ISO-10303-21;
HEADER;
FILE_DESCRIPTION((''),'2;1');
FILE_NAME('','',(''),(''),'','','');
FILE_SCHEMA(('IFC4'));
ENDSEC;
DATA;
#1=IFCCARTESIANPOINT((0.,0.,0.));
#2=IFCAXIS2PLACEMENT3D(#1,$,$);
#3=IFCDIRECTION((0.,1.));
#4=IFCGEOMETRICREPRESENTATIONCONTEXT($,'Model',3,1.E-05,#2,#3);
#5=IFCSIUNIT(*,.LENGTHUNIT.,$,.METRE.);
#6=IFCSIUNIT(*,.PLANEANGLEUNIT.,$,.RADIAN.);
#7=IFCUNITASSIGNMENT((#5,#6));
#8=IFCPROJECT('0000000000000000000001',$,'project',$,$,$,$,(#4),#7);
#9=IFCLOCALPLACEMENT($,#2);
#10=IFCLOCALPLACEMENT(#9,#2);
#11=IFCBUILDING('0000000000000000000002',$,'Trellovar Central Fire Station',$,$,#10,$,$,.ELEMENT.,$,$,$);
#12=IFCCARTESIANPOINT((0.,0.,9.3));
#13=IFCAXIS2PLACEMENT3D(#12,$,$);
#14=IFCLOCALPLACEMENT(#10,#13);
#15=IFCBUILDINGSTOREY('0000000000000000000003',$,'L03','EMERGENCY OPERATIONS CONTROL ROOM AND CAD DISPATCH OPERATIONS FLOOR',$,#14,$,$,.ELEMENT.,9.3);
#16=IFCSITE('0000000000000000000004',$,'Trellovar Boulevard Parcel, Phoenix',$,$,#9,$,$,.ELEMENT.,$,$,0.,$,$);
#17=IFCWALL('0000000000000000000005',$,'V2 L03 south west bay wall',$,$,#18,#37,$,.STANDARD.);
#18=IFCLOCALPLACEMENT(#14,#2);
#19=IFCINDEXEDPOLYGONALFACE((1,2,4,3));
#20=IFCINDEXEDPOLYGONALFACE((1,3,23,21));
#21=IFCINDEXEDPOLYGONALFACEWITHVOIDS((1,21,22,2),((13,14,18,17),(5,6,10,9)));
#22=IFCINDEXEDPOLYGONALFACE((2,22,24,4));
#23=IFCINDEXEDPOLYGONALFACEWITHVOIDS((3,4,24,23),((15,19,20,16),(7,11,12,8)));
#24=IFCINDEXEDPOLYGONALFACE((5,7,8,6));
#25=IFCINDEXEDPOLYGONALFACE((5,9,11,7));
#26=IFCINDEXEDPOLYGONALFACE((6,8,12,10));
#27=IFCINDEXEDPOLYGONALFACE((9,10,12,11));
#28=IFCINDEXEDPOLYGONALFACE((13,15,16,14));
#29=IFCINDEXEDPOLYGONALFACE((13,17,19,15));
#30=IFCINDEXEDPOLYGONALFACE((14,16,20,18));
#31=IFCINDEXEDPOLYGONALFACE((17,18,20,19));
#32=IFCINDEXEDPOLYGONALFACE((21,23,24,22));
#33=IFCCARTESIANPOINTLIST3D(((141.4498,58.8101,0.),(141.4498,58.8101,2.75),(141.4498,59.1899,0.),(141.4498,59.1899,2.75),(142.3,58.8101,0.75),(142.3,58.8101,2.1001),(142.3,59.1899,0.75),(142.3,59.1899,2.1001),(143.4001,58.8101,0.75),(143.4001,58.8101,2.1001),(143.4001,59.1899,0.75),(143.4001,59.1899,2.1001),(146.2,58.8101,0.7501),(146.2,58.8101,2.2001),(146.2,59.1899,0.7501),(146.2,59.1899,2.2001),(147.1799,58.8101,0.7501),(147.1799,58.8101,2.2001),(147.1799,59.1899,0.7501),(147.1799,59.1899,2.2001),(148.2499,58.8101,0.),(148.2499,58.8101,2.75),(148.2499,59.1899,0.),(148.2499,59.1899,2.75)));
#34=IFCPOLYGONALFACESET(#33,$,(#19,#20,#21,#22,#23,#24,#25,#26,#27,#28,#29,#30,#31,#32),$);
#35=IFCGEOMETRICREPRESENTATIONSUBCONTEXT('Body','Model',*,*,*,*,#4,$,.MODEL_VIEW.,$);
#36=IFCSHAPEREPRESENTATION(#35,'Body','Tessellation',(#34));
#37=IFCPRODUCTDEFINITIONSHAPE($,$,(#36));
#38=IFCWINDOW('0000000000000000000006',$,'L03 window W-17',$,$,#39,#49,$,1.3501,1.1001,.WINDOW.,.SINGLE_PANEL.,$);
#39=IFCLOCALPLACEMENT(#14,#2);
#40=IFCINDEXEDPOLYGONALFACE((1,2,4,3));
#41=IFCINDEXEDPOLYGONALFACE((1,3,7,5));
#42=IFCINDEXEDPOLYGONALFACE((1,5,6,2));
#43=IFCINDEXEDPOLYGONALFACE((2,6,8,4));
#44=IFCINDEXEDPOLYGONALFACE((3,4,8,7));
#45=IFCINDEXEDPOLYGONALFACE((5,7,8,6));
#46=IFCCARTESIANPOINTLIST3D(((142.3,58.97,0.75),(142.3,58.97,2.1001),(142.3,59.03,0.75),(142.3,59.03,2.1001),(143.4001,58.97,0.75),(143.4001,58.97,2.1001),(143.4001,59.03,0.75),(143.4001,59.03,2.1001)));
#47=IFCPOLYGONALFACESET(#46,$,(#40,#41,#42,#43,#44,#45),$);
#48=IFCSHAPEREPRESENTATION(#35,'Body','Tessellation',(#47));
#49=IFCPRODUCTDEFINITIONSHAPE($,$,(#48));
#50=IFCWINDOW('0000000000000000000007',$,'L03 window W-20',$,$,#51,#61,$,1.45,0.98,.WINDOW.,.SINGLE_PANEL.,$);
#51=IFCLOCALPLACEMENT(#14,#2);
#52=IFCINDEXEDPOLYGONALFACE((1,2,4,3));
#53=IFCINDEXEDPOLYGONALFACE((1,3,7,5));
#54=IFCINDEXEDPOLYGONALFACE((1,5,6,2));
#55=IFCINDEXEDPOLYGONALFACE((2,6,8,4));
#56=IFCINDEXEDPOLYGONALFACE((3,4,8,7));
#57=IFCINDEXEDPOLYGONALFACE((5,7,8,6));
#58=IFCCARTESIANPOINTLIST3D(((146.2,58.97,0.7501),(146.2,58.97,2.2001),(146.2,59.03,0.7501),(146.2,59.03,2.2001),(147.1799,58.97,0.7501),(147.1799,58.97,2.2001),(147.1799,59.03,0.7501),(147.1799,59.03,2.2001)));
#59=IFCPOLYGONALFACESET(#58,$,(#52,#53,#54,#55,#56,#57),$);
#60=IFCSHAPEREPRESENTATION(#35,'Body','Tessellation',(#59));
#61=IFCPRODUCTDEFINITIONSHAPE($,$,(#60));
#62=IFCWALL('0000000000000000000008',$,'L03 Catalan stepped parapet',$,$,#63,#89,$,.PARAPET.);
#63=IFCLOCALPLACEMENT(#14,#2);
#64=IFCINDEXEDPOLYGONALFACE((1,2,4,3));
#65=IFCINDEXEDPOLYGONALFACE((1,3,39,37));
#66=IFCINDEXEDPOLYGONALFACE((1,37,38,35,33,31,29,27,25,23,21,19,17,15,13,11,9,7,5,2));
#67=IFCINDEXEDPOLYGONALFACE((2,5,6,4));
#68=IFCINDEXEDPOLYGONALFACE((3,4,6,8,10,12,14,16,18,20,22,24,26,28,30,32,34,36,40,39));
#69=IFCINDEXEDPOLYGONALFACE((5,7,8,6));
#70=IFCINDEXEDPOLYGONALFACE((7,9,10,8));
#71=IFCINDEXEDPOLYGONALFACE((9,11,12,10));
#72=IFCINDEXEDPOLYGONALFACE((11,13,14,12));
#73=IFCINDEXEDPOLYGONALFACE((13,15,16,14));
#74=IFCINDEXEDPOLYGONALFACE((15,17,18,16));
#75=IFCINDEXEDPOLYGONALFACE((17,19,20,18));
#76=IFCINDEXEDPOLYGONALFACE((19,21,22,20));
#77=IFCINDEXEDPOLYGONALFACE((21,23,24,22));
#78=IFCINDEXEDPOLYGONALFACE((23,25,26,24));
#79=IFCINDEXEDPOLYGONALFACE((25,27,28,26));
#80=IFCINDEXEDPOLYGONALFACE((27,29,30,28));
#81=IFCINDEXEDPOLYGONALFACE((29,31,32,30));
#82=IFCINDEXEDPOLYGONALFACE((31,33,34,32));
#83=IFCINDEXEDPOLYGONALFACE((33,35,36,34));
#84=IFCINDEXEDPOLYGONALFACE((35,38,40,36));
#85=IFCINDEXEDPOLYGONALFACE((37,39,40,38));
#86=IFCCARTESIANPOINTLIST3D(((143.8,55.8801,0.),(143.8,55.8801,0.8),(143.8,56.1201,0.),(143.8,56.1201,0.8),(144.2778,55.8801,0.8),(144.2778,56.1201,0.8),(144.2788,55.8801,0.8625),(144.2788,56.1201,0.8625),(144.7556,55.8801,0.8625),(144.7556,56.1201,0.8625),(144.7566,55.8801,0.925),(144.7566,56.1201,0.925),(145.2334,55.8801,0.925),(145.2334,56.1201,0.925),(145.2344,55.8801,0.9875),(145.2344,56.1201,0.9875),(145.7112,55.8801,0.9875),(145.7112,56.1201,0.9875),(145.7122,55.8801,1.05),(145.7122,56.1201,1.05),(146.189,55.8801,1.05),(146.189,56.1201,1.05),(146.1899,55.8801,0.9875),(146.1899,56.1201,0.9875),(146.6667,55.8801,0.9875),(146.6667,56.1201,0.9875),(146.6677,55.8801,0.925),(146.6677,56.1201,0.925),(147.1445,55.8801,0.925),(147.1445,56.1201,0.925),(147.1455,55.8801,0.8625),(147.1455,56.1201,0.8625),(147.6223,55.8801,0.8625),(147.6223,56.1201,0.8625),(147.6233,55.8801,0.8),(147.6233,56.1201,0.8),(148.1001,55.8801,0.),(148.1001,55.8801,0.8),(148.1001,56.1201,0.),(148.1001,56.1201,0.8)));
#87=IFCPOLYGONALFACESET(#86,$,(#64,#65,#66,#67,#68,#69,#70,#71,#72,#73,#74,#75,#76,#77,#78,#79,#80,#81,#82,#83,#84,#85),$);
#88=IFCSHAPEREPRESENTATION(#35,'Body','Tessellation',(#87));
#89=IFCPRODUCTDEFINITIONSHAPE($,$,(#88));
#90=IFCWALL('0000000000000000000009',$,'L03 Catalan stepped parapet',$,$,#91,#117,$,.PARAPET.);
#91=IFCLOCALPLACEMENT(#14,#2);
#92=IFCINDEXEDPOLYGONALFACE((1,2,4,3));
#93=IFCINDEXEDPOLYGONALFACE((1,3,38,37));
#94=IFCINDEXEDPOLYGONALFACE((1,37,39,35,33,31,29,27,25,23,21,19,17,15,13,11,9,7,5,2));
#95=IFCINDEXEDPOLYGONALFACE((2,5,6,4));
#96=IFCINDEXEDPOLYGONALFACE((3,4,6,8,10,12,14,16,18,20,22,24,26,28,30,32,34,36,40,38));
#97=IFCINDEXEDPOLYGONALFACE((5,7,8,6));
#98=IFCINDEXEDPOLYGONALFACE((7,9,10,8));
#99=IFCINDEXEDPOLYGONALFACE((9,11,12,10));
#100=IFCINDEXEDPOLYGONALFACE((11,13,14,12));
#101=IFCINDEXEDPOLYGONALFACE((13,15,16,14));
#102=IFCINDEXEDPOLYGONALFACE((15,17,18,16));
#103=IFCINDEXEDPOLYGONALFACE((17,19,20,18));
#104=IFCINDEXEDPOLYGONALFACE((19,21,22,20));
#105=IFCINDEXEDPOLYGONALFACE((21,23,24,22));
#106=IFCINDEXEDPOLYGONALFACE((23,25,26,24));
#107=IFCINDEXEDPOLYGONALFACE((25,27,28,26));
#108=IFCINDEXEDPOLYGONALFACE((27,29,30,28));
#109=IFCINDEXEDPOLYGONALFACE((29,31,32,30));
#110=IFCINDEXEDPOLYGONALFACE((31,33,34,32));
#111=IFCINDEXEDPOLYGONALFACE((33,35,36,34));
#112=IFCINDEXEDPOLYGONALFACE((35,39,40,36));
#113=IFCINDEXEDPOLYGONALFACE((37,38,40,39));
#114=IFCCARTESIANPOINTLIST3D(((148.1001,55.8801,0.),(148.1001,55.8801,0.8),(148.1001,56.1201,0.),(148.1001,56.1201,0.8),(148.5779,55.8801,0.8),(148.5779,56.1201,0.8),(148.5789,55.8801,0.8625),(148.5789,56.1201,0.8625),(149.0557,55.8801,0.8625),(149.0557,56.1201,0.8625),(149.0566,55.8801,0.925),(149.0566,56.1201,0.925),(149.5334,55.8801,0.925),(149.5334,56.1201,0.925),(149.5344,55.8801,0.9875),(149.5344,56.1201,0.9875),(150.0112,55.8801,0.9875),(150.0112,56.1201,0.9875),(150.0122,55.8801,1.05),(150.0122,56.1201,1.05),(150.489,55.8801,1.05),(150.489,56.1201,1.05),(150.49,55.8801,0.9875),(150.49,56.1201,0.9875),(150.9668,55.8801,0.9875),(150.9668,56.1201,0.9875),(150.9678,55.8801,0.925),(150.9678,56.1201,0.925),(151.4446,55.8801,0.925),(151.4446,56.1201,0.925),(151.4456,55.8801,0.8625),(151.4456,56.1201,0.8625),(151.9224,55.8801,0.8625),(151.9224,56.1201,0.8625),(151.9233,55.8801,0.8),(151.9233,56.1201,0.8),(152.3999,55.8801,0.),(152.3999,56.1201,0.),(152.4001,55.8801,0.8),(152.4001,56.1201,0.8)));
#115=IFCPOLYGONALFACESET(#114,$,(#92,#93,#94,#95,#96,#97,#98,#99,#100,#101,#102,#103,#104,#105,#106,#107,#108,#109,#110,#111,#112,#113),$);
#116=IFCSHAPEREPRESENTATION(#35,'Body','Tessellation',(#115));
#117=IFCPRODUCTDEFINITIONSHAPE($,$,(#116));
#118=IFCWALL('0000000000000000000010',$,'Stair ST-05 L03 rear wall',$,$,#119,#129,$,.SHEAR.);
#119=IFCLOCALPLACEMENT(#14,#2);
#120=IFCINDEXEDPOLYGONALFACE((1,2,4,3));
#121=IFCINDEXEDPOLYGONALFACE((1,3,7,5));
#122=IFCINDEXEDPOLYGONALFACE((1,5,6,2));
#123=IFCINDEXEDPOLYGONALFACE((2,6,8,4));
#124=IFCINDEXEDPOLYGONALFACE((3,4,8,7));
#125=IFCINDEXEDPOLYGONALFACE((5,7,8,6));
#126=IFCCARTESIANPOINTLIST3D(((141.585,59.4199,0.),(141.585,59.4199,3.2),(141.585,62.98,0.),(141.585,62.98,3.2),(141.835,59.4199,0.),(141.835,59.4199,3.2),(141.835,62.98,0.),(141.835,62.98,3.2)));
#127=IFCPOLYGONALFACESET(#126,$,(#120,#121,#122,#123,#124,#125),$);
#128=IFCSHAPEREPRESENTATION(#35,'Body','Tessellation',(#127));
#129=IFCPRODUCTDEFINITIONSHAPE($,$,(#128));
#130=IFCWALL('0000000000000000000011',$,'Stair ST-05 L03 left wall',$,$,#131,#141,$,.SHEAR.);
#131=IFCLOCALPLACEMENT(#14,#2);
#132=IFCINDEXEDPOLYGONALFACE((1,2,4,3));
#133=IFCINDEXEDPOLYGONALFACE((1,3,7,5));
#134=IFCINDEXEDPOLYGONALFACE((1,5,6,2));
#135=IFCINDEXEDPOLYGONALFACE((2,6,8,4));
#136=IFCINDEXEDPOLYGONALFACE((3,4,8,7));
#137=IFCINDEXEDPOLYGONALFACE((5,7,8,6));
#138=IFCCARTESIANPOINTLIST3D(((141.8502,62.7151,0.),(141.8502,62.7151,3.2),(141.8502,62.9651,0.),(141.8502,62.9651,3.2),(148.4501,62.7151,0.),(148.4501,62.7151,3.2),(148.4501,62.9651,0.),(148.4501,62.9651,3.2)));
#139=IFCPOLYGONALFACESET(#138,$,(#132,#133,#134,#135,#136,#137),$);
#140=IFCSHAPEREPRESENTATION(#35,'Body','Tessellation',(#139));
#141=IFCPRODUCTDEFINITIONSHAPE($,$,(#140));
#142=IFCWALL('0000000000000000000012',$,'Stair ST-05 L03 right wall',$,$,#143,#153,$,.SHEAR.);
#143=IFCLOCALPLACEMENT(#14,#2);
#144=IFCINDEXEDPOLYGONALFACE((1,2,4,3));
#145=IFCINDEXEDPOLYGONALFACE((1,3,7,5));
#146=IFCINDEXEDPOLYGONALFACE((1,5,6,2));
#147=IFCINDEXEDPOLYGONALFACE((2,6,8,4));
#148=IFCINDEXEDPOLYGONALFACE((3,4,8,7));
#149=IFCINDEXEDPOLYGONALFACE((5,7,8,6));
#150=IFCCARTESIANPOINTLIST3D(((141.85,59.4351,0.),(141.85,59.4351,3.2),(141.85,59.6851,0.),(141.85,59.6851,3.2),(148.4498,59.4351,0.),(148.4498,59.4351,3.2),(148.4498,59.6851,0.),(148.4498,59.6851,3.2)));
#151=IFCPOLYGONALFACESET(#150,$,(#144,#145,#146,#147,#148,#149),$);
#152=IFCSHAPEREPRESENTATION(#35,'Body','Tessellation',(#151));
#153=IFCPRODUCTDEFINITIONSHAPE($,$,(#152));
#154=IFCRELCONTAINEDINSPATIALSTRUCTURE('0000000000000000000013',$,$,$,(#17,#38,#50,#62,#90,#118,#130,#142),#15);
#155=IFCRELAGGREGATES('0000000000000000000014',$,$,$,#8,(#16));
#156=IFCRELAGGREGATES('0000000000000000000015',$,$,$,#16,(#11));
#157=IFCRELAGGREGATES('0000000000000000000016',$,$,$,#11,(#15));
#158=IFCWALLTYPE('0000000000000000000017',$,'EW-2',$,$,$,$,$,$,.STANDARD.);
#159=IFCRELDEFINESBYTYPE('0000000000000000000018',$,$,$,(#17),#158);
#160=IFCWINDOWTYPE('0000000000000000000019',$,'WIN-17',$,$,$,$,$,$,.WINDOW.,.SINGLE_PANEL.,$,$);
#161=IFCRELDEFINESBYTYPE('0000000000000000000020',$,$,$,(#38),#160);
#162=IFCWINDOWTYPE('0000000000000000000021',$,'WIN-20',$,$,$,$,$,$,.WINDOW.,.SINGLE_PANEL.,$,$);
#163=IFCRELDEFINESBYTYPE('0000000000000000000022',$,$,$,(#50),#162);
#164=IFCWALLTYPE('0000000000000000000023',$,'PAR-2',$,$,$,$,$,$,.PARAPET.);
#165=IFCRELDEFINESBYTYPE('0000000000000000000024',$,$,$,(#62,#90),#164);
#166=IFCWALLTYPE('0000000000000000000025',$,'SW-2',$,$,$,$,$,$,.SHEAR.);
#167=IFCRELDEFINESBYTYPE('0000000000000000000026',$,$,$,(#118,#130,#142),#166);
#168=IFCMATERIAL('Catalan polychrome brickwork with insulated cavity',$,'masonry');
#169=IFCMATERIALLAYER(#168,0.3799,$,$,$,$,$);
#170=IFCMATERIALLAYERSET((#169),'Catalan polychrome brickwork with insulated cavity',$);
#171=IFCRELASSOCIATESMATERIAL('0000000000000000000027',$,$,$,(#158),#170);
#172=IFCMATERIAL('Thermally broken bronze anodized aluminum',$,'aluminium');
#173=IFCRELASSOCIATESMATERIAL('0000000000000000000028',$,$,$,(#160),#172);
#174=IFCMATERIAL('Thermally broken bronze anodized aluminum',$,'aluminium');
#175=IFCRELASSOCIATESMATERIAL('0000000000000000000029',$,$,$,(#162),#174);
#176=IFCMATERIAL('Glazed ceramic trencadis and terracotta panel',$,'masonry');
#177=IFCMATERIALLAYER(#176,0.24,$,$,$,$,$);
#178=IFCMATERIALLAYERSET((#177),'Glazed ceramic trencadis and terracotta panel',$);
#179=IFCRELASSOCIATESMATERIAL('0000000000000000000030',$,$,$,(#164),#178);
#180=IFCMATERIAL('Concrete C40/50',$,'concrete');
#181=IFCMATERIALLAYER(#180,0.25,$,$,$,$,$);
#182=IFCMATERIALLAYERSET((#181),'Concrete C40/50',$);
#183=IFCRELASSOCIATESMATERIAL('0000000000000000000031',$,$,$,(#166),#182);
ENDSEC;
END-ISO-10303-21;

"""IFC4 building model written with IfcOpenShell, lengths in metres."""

from ifc_helpers import new_model, si_unit, direction, frame, frame_2d, origin, place, context, subcontext, project, spatial, polyline, rectangle, outline, extrude, material, layer, layer_set, type_object, element, fill, save


model = new_model("IFC4")

# Units and contexts
model_context = context("Model", 3, precision=1e-05, world=origin(), true_north=direction((0.0, 1.0)))
body_context = subcontext(model_context, "Body", "Model", "MODEL_VIEW")
ifc_project = project(units=[si_unit("LENGTHUNIT", "METRE"), si_unit("PLANEANGLEUNIT", "RADIAN")], contexts=[model_context])

# Site, building, storey
site_placement = place(None, origin())
site = spatial("IfcSite", under=ifc_project, at=site_placement, Name="Trellovar Boulevard Parcel, Phoenix", CompositionType="ELEMENT", RefElevation=0.0)
building_placement = place(site_placement, origin())
building = spatial("IfcBuilding", under=site, at=building_placement, Name="Trellovar Central Fire Station", CompositionType="ELEMENT")
storey_placement = place(building_placement, frame((0.0, 0.0, 9.3)))
storey = spatial("IfcBuildingStorey", under=building, at=storey_placement, Name="L03", Description="EMERGENCY OPERATIONS CONTROL ROOM AND CAD DISPATCH OPERATIONS FLOOR", CompositionType="ELEMENT", Elevation=9.3)

# Wall, openings, windows
ifc_material_1 = material(Name="Catalan polychrome brickwork with insulated cavity", Category="masonry")
ifc_layer_1 = layer(ifc_material_1, 0.3799)
ifc_layer_set_1 = layer_set([ifc_layer_1], Name="Catalan polychrome brickwork with insulated cavity")
wall_type_1 = type_object("IfcWallType", Name="EW-2", PredefinedType="STANDARD", material=ifc_layer_set_1)
wall_1_placement = place(storey_placement, frame((141.45, 59.0, 0.0), z_axis=(0.0, 0.0, 1.0), x_axis=(1.0, 0.0, 0.0)))
wall_1 = element("IfcWall", 1, at=wall_1_placement, inside=storey, type_object=wall_type_1, Name="V2 L03 south west bay wall", PredefinedType="STANDARD", context=body_context, shape_type="SweptSolid", body=[
    extrude(rectangle(XDim=6.8, YDim=0.3799, at=frame_2d((3.3999, 0.0))), origin(), (0.0, 0.0, 1.0), 2.75),
])
opening_1_placement = place(wall_1_placement, frame((0.8501, 0.0, 0.75)))
opening_1 = element("IfcOpeningElement", 2, at=opening_1_placement, cuts=wall_1, PredefinedType="OPENING", context=body_context, shape_type="SweptSolid", body=[
    extrude(rectangle(XDim=1.1001, YDim=1.3501, at=frame_2d((0.55, 0.675))), frame((0.0, 0.2, 0.0), z_axis=(0.0, -1.0, 0.0), x_axis=(1.0, 0.0, 0.0)), (0.0, 0.0, 1.0), 0.3999),
])
opening_2_placement = place(wall_1_placement, frame((4.75, 0.0, 0.75)))
opening_2 = element("IfcOpeningElement", 3, at=opening_2_placement, cuts=wall_1, PredefinedType="OPENING", context=body_context, shape_type="SweptSolid", body=[
    extrude(rectangle(XDim=0.98, YDim=1.45, at=frame_2d((0.49, 0.7251))), frame((0.0, 0.2, 0.0), z_axis=(0.0, -1.0, 0.0), x_axis=(1.0, 0.0, 0.0)), (0.0, 0.0, 1.0), 0.3999),
])
ifc_material_2 = material(Name="Thermally broken bronze anodized aluminum", Category="aluminium")
window_type_1 = type_object("IfcWindowType", Name="WIN-17", PartitioningType="SINGLE_PANEL", PredefinedType="WINDOW", material=ifc_material_2)
window_1_placement = place(opening_1_placement, origin())
window_1 = element("IfcWindow", 4, at=window_1_placement, inside=storey, type_object=window_type_1, Name="L03 window W-17", OverallHeight=1.3501, OverallWidth=1.1001, PartitioningType="SINGLE_PANEL", PredefinedType="WINDOW", context=body_context, shape_type="SweptSolid", body=[
    extrude(rectangle(XDim=1.1001, YDim=1.3501, at=frame_2d((0.55, 0.675))), frame((0.0, 0.03, 0.0), z_axis=(0.0, -1.0, 0.0), x_axis=(1.0, 0.0, 0.0)), (0.0, 0.0, 1.0), 0.0601),
])
fill(opening_1, window_1)
ifc_material_3 = material(Name="Thermally broken bronze anodized aluminum", Category="aluminium")
window_type_2 = type_object("IfcWindowType", Name="WIN-20", PartitioningType="SINGLE_PANEL", PredefinedType="WINDOW", material=ifc_material_3)
window_2_placement = place(opening_2_placement, origin())
window_2 = element("IfcWindow", 5, at=window_2_placement, inside=storey, type_object=window_type_2, Name="L03 window W-20", OverallHeight=1.45, OverallWidth=0.98, PartitioningType="SINGLE_PANEL", PredefinedType="WINDOW", context=body_context, shape_type="SweptSolid", body=[
    extrude(rectangle(XDim=0.98, YDim=1.45, at=frame_2d((0.49, 0.7251))), frame((0.0, 0.03, 0.0), z_axis=(0.0, -1.0, 0.0), x_axis=(1.0, 0.0, 0.0)), (0.0, 0.0, 1.0), 0.0601),
])
fill(opening_2, window_2)

# Walls
ifc_material_4 = material(Name="Glazed ceramic trencadis and terracotta panel", Category="masonry")
ifc_layer_2 = layer(ifc_material_4, 0.24)
ifc_layer_set_2 = layer_set([ifc_layer_2], Name="Glazed ceramic trencadis and terracotta panel")
wall_type_2 = type_object("IfcWallType", Name="PAR-2", PredefinedType="PARAPET", material=ifc_layer_set_2)
wall_2_placement = place(storey_placement, frame((143.8, 56.0, 0.0), z_axis=(0.0, 0.0, 1.0), x_axis=(1.0, 0.0, 0.0)))
element("IfcWall", 6, at=wall_2_placement, inside=storey, type_object=wall_type_2, Name="L03 Catalan stepped parapet", PredefinedType="PARAPET", context=body_context, shape_type="SweptSolid", body=[
    extrude(outline(polyline([(0.0, 0.0), (4.3, 0.0), (4.3, 0.8), (3.8232, 0.8), (3.8223, 0.8625), (3.3455, 0.8625), (3.3445, 0.925), (2.8677, 0.925), (2.8667, 0.9875), (2.3899, 0.9875), (2.3889, 1.05), (1.9121, 1.05), (1.9111, 0.9875), (1.4343, 0.9875), (1.4333, 0.925), (0.9565, 0.925), (0.9556, 0.8625), (0.4788, 0.8625), (0.4778, 0.8), (0.0, 0.8), (0.0, 0.0)])), frame((0.0, 0.1201, 0.0), z_axis=(0.0, -1.0, 0.0), x_axis=(1.0, 0.0, 0.0)), (0.0, 0.0, 1.0), 0.24),
])
wall_3_placement = place(storey_placement, frame((148.1001, 56.0, 0.0), z_axis=(0.0, 0.0, 1.0), x_axis=(1.0, 0.0, 0.0)))
element("IfcWall", 7, at=wall_3_placement, inside=storey, type_object=wall_type_2, Name="L03 Catalan stepped parapet", PredefinedType="PARAPET", context=body_context, shape_type="SweptSolid", body=[
    extrude(outline(polyline([(0.0, 0.0), (4.2998, 0.0), (4.3, 0.8), (3.8232, 0.8), (3.8223, 0.8625), (3.3455, 0.8625), (3.3445, 0.925), (2.8677, 0.925), (2.8667, 0.9875), (2.3899, 0.9875), (2.3889, 1.05), (1.9121, 1.05), (1.9111, 0.9875), (1.4343, 0.9875), (1.4333, 0.925), (0.9565, 0.925), (0.9556, 0.8625), (0.4788, 0.8625), (0.4778, 0.8), (0.0, 0.8), (0.0, 0.0)])), frame((0.0, 0.1201, 0.0), z_axis=(0.0, -1.0, 0.0), x_axis=(1.0, 0.0, 0.0)), (0.0, 0.0, 1.0), 0.24),
])

# Walls
ifc_material_5 = material(Name="Concrete C40/50", Category="concrete")
ifc_layer_3 = layer(ifc_material_5, 0.25)
ifc_layer_set_3 = layer_set([ifc_layer_3], Name="Concrete C40/50")
wall_type_3 = type_object("IfcWallType", Name="SW-2", PredefinedType="SHEAR", material=ifc_layer_set_3)
wall_4_placement = place(storey_placement, frame((141.71, 59.4199, 0.0), z_axis=(0.0, 0.0, 1.0), x_axis=(0.0, 1.0, 0.0)))
element("IfcWall", 8, at=wall_4_placement, inside=storey, type_object=wall_type_3, Name="Stair ST-05 L03 rear wall", PredefinedType="SHEAR", context=body_context, shape_type="SweptSolid", body=[
    extrude(rectangle(XDim=3.5601, YDim=0.25, at=frame_2d((1.78, 0.0))), origin(), (0.0, 0.0, 1.0), 3.2),
])
for number, where, z_axis, x_axis, name in (
    (9, (148.45, 62.8401, 0.0), (0.0, 0.0, 1.0), (-1.0, 0.0, 0.0), "Stair ST-05 L03 left wall"),
    (10, (141.8501, 59.5601, 0.0), (0.0, 0.0, 1.0), (1.0, 0.0, 0.0), "Stair ST-05 L03 right wall"),
):
    element("IfcWall", number, at=place(storey_placement, frame(where, z_axis=z_axis, x_axis=x_axis)), inside=storey, type_object=wall_type_3, Name=name, PredefinedType="SHEAR", context=body_context, shape_type="SweptSolid", body=[
        extrude(rectangle(XDim=6.5999, YDim=0.25, at=frame_2d((3.2998, 0.0))), origin(), (0.0, 0.0, 1.0), 3.2),
    ])

save(model, "model.ifc")
